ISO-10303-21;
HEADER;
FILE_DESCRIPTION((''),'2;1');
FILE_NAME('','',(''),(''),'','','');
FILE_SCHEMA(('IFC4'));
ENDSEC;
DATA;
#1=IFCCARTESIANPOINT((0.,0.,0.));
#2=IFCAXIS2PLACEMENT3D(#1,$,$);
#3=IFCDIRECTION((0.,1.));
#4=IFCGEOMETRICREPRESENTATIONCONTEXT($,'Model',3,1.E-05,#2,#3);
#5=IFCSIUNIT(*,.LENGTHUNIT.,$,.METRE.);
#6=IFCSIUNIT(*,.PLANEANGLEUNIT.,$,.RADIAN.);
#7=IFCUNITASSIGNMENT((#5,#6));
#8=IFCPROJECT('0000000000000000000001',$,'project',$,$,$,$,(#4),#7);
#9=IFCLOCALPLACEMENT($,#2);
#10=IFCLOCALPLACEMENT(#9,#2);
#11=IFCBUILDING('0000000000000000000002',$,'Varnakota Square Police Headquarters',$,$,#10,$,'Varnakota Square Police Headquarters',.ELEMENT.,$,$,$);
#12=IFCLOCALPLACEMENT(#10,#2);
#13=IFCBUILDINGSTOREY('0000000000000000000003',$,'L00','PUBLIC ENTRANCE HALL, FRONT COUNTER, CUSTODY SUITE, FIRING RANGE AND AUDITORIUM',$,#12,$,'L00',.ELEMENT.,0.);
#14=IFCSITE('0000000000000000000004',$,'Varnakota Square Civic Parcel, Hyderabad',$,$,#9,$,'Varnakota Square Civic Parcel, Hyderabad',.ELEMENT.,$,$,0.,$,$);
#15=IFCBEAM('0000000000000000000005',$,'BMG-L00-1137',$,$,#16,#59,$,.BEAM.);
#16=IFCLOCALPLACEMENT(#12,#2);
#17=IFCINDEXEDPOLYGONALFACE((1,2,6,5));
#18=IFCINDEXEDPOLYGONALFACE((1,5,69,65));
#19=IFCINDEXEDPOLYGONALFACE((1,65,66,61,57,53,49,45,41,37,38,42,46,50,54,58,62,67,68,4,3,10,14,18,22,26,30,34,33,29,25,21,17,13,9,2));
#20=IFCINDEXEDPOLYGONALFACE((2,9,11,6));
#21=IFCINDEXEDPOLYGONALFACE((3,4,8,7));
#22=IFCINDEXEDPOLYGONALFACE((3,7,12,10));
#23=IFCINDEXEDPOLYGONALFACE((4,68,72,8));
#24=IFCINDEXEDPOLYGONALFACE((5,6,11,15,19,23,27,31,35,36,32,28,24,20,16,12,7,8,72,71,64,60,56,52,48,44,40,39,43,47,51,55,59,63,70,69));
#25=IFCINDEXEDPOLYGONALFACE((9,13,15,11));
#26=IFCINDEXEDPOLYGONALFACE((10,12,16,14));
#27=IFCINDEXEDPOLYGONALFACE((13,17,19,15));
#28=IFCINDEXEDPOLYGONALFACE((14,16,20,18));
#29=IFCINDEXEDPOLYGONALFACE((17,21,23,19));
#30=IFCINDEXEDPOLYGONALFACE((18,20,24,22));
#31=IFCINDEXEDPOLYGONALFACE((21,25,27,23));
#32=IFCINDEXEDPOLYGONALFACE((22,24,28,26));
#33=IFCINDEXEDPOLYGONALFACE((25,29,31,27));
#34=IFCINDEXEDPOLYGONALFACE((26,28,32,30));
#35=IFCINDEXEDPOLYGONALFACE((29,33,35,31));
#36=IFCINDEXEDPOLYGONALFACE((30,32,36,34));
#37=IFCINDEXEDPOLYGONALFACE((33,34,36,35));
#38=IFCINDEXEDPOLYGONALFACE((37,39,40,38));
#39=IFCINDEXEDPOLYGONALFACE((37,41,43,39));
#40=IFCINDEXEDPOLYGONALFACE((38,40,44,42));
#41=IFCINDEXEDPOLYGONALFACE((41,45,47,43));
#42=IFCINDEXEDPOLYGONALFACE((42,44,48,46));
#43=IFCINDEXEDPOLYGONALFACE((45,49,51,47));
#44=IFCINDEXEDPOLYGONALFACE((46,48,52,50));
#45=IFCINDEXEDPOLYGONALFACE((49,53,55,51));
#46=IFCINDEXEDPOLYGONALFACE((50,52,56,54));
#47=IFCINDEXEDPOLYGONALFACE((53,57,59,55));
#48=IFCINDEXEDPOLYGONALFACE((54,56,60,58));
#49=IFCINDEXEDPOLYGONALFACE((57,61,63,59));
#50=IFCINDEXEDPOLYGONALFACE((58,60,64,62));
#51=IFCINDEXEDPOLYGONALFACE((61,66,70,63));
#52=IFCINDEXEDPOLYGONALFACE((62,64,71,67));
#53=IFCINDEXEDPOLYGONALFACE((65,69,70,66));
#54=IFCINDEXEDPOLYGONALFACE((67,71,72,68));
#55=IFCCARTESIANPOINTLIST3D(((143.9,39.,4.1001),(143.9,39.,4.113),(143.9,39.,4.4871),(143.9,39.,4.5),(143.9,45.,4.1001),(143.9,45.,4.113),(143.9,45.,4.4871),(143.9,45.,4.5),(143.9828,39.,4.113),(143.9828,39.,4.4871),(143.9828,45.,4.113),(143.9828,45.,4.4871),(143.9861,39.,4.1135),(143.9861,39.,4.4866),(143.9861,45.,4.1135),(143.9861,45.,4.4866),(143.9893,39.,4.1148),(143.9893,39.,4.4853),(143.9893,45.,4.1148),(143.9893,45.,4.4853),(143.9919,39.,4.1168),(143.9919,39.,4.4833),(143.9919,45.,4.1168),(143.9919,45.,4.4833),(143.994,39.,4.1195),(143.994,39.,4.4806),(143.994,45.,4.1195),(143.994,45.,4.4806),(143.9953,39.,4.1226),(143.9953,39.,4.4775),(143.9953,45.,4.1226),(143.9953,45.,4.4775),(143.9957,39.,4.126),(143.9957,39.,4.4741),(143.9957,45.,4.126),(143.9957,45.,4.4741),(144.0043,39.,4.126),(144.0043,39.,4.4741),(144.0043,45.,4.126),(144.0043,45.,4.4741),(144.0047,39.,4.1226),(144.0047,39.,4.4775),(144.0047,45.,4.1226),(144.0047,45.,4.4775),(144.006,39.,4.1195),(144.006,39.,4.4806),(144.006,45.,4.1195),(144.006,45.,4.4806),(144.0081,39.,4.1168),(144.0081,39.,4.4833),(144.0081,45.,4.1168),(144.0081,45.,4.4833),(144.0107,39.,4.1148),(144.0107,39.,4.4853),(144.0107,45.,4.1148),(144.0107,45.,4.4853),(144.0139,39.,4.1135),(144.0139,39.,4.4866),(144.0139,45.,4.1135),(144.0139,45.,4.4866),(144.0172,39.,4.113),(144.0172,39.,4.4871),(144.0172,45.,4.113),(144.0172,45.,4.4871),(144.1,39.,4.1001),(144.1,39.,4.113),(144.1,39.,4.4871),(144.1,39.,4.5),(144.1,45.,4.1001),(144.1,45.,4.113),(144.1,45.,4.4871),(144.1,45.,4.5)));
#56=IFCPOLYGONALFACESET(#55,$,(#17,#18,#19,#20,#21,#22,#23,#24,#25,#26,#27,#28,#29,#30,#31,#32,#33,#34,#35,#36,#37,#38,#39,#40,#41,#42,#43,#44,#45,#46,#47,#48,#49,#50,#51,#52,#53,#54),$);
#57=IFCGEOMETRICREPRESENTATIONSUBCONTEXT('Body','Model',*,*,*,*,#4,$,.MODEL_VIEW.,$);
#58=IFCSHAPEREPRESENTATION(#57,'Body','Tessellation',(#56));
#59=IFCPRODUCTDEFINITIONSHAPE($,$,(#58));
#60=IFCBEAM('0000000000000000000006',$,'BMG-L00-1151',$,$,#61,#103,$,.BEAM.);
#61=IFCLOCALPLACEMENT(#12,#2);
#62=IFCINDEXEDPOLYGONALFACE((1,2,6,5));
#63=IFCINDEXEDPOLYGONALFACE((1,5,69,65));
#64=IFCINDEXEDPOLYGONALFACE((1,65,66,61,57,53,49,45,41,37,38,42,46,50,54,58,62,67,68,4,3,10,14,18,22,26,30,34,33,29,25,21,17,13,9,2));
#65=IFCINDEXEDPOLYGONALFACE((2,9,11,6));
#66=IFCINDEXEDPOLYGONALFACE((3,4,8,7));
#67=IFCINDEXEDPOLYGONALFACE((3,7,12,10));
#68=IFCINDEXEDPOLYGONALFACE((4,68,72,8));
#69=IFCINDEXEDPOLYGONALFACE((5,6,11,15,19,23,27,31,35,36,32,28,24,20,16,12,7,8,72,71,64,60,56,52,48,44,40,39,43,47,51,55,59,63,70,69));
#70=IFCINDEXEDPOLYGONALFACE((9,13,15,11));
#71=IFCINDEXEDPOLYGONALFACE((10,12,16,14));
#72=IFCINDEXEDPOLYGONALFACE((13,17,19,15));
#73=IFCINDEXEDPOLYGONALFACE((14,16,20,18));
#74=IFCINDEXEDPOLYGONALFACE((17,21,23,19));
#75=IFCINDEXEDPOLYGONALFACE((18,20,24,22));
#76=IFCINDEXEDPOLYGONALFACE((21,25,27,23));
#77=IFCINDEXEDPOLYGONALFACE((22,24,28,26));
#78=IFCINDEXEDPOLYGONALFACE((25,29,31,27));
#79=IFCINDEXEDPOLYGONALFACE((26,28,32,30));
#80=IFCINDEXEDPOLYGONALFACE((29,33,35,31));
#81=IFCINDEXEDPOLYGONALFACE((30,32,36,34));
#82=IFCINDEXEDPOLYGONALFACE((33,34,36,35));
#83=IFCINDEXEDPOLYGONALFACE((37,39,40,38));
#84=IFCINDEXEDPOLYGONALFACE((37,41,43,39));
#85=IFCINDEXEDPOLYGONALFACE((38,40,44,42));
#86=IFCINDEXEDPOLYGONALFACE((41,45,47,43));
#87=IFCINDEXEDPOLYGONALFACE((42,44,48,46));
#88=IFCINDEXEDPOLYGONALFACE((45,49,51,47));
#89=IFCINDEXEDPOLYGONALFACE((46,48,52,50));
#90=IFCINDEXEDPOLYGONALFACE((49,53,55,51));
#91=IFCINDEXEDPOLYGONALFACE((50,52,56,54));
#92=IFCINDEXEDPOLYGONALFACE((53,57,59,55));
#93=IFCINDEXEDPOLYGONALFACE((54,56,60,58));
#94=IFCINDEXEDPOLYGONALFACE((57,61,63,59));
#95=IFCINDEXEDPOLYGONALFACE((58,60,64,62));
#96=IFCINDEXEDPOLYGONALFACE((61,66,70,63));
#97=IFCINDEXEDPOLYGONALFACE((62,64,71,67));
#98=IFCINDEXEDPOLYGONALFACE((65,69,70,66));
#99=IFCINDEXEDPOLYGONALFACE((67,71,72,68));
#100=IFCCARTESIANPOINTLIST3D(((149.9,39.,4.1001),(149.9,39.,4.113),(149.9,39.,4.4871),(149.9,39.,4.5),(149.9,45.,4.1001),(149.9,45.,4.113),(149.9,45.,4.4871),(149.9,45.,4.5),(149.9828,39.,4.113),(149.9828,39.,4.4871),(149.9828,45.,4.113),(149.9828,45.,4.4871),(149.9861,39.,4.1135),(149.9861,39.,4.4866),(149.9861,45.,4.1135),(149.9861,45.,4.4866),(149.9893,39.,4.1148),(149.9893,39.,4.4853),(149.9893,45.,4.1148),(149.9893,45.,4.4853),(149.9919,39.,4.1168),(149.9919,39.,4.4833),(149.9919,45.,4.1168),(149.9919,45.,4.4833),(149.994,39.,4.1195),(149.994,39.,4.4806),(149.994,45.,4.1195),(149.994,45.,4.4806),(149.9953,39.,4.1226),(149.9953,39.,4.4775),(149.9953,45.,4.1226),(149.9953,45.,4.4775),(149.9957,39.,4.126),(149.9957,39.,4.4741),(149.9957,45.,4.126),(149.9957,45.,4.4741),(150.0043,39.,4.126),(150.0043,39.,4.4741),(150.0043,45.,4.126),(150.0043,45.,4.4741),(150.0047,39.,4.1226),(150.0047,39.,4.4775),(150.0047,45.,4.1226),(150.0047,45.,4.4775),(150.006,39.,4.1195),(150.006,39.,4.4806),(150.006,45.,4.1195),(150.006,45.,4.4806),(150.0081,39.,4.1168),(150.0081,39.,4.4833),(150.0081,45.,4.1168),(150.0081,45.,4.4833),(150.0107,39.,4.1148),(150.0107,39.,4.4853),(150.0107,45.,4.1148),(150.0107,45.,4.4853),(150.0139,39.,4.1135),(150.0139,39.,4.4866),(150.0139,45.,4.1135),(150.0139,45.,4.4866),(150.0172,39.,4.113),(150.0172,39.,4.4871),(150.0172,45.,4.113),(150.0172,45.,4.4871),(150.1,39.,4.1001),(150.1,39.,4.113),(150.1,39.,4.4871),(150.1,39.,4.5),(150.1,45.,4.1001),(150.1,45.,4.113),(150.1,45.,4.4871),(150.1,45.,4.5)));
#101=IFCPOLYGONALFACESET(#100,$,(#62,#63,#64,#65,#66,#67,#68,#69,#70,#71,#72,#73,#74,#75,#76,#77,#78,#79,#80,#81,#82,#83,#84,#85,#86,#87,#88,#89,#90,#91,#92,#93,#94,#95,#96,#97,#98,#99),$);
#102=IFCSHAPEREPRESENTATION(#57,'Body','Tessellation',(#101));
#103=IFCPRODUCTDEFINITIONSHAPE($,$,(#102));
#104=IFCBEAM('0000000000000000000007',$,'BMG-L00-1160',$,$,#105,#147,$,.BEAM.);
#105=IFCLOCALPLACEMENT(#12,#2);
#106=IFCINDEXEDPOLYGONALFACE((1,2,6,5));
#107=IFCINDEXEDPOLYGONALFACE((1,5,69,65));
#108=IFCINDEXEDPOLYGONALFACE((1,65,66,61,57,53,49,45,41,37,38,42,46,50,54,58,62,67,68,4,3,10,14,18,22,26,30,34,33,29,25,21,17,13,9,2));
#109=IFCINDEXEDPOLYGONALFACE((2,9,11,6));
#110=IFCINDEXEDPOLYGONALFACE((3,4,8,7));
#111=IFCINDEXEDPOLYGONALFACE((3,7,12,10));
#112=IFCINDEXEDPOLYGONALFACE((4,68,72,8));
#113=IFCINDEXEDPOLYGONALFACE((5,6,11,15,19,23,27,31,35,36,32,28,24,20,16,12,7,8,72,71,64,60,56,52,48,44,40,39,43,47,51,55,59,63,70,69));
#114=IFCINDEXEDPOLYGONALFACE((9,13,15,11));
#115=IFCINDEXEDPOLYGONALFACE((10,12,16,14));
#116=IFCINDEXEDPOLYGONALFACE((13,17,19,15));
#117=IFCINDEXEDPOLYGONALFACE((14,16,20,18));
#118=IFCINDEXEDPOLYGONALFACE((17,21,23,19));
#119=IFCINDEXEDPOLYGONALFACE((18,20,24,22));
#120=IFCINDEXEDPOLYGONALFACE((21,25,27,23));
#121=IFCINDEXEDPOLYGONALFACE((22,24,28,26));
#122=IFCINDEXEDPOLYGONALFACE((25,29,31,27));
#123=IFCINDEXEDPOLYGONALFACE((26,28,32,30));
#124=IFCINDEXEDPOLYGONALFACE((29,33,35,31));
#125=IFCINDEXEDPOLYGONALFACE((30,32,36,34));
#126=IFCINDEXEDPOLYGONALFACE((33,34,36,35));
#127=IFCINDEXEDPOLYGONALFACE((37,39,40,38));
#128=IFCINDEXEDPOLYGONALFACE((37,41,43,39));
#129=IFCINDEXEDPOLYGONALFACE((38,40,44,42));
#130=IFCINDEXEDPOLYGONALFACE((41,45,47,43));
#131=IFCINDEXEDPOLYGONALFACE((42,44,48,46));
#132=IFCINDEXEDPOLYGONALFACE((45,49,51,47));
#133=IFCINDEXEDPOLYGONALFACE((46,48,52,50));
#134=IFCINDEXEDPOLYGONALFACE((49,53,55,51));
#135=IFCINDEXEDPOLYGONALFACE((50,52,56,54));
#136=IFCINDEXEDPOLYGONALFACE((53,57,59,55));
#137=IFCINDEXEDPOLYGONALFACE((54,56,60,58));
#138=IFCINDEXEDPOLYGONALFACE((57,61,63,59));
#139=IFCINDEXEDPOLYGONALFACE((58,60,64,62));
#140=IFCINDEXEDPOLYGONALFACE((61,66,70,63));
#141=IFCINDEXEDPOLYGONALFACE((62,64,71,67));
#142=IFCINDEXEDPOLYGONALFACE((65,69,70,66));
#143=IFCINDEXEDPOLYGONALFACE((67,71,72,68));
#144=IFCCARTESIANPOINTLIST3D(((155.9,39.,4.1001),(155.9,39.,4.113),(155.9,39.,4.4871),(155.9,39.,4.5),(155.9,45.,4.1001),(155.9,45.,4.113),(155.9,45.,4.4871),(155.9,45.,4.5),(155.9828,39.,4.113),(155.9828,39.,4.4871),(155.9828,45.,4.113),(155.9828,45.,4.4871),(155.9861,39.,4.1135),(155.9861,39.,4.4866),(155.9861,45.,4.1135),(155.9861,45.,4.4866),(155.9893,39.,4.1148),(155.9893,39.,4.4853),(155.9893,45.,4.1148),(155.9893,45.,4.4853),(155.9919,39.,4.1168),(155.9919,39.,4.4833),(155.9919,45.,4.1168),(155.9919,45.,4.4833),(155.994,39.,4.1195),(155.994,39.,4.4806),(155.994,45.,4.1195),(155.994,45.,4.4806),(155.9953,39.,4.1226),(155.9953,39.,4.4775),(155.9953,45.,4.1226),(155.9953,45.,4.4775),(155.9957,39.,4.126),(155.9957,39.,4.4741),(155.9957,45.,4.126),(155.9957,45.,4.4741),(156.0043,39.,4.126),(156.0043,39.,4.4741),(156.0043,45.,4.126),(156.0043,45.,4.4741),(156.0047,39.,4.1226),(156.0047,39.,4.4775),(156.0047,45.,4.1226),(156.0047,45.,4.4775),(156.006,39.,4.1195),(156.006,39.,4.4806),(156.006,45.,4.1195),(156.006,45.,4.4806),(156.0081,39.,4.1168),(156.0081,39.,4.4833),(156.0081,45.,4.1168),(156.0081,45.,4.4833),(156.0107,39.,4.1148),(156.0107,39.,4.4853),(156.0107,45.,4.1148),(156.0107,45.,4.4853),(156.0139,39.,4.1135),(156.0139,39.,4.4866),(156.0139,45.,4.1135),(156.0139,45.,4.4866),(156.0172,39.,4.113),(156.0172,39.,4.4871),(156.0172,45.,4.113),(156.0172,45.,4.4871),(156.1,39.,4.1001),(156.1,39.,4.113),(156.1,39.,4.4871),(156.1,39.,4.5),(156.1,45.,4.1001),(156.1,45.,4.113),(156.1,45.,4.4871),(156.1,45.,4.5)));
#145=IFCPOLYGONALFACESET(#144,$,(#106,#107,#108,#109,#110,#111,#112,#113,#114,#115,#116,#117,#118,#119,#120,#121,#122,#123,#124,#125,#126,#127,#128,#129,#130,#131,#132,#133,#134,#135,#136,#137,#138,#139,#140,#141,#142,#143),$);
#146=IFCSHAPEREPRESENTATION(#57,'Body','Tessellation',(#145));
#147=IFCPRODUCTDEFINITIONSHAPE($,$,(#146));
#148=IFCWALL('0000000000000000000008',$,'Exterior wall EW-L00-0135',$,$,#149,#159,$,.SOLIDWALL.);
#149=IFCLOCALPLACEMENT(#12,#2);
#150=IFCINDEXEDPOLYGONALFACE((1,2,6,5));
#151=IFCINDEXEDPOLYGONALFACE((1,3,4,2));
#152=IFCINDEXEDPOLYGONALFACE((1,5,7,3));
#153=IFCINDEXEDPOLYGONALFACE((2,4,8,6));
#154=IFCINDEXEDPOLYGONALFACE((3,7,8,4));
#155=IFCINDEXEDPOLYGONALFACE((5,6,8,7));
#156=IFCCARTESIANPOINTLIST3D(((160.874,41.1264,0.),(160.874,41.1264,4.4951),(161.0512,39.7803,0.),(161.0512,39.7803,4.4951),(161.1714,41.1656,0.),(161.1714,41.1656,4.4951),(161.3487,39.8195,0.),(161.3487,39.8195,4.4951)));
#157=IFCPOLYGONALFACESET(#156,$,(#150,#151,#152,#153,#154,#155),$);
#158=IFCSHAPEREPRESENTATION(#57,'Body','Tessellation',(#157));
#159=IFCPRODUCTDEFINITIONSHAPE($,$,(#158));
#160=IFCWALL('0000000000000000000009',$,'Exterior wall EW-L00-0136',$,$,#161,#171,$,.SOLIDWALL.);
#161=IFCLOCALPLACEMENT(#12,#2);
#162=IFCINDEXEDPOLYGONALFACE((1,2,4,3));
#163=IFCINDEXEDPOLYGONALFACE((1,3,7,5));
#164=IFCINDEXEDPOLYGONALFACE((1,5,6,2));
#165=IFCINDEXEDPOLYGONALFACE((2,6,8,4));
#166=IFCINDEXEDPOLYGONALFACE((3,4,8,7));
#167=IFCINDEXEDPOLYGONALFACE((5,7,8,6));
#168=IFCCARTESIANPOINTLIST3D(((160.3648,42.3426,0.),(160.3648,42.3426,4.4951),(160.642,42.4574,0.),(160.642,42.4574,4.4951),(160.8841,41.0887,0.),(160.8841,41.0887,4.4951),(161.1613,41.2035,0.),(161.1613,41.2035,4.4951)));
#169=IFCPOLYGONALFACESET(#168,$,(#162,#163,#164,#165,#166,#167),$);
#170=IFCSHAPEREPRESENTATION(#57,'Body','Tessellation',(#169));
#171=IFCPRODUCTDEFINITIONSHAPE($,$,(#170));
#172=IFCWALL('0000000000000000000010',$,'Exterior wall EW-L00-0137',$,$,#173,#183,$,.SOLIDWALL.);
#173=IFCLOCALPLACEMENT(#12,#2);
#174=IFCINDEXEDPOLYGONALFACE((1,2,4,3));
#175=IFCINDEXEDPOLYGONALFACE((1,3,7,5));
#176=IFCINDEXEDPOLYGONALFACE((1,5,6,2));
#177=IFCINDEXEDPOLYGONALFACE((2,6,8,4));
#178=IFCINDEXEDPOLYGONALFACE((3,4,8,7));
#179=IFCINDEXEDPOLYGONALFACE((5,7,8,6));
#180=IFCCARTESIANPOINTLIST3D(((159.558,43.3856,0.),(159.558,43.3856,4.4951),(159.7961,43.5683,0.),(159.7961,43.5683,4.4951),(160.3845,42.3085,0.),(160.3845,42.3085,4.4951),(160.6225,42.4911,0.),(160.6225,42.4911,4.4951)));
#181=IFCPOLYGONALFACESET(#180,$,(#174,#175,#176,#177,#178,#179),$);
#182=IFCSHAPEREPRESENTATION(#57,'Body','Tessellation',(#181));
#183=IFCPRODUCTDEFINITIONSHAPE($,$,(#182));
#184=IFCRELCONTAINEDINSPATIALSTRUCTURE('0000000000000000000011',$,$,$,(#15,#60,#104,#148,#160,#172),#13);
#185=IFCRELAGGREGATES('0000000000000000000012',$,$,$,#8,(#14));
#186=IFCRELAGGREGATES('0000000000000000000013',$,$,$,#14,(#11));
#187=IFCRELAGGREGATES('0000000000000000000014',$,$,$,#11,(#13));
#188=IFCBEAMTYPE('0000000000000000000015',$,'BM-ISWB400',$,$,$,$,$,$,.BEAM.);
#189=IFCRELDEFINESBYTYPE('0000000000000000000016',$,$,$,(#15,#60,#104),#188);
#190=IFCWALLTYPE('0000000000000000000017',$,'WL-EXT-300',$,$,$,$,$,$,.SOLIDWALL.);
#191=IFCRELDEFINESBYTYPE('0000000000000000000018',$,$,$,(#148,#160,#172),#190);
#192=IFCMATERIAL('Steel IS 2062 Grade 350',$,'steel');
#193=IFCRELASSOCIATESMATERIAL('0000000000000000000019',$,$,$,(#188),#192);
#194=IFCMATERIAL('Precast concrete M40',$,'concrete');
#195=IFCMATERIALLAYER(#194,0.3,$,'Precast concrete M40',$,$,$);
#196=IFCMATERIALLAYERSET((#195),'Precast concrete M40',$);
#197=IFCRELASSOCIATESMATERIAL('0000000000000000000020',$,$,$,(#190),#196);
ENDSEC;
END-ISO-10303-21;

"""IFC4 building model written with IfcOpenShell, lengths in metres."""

from ifc_helpers import new_model, si_unit, direction, frame, frame_2d, origin, origin_2d, place, context, subcontext, project, spatial, rectangle, i_section, extrude, material, layer, layer_set, material_profile, profile_set, type_object, element, save


model = new_model("IFC4")

# Units and contexts
model_context = context("Model", 3, precision=1e-05, world=origin(), true_north=direction((0.0, 1.0)))
body_context = subcontext(model_context, "Body", "Model", "MODEL_VIEW")
ifc_project = project(units=[si_unit("LENGTHUNIT", "METRE"), si_unit("PLANEANGLEUNIT", "RADIAN")], contexts=[model_context])

# Site, building, storey
site_placement = place(None, origin())
site = spatial("IfcSite", under=ifc_project, at=site_placement, Name="Varnakota Square Civic Parcel, Hyderabad", LongName="Varnakota Square Civic Parcel, Hyderabad", CompositionType="ELEMENT", RefElevation=0.0)
building_placement = place(site_placement, origin())
building = spatial("IfcBuilding", under=site, at=building_placement, Name="Varnakota Square Police Headquarters", LongName="Varnakota Square Police Headquarters", CompositionType="ELEMENT")
storey_placement = place(building_placement, origin())
storey = spatial("IfcBuildingStorey", under=building, at=storey_placement, Name="L00", Description="PUBLIC ENTRANCE HALL, FRONT COUNTER, CUSTODY SUITE, FIRING RANGE AND AUDITORIUM", LongName="L00", CompositionType="ELEMENT", Elevation=0.0)

# Beams
ifc_material_1 = material(Name="Steel IS 2062 Grade 350", Category="steel")
ifc_material_profile_1 = material_profile(ifc_material_1, i_section(OverallWidth=0.2, OverallDepth=0.3999, WebThickness=0.0085, FlangeThickness=0.0129, FilletRadius=0.0129, at=origin_2d()), Name="ISWB 400")
ifc_profile_set_1 = profile_set([ifc_material_profile_1], Name="Steel IS 2062 Grade 350")
beam_type_1 = type_object("IfcBeamType", Name="BM-ISWB400", PredefinedType="BEAM", material=ifc_profile_set_1)
for number, where, z_axis, x_axis, name in (
    (1, (144.0, 39.0, 4.3), (0.0, 1.0, 0.0), (-1.0, 0.0, 0.0), "BMG-L00-1137"),
    (2, (150.0, 39.0, 4.3), (0.0, 1.0, 0.0), (-1.0, 0.0, 0.0), "BMG-L00-1151"),
    (3, (156.0, 39.0, 4.3), (0.0, 1.0, 0.0), (-1.0, 0.0, 0.0), "BMG-L00-1160"),
):
    element("IfcBeam", number, at=place(storey_placement, frame(where, z_axis=z_axis, x_axis=x_axis)), inside=storey, type_object=beam_type_1, Name=name, PredefinedType="BEAM", context=body_context, shape_type="SweptSolid", body=[
        extrude(i_section(OverallWidth=0.2, OverallDepth=0.3999, WebThickness=0.0085, FlangeThickness=0.0129, FilletRadius=0.0129, at=origin_2d()), origin(), (0.0, 0.0, 1.0), 6.0),
    ])

# Walls
ifc_material_2 = material(Name="Precast concrete M40", Category="concrete")
ifc_layer_1 = layer(ifc_material_2, 0.3, Name="Precast concrete M40")
ifc_layer_set_1 = layer_set([ifc_layer_1], Name="Precast concrete M40")
wall_type_1 = type_object("IfcWallType", Name="WL-EXT-300", PredefinedType="SOLIDWALL", material=ifc_layer_set_1)
wall_1_placement = place(storey_placement, frame((161.2, 39.8, 0.0), z_axis=(0.0, 0.0, 1.0), x_axis=(-0.130562, 0.99144, 0.0)))
element("IfcWall", 4, at=wall_1_placement, inside=storey, type_object=wall_type_1, Name="Exterior wall EW-L00-0135", PredefinedType="SOLIDWALL", context=body_context, shape_type="SweptSolid", body=[
    extrude(rectangle(XDim=1.3577, YDim=0.3, at=frame_2d((0.6787, 0.0))), origin(), (0.0, 0.0, 1.0), 4.4951),
])
wall_2_placement = place(storey_placement, frame((161.0227, 41.146, 0.0), z_axis=(0.0, 0.0, 1.0), x_axis=(-0.382622, 0.923905, 0.0)))
element("IfcWall", 5, at=wall_2_placement, inside=storey, type_object=wall_type_1, Name="Exterior wall EW-L00-0136", PredefinedType="SOLIDWALL", context=body_context, shape_type="SweptSolid", body=[
    extrude(rectangle(XDim=1.3572, YDim=0.3, at=frame_2d((0.6787, 0.0))), origin(), (0.0, 0.0, 1.0), 4.4951),
])
wall_3_placement = place(storey_placement, frame((160.5034, 42.3999, 0.0), z_axis=(0.0, 0.0, 1.0), x_axis=(-0.608711, 0.793392, 0.0)))
element("IfcWall", 6, at=wall_3_placement, inside=storey, type_object=wall_type_1, Name="Exterior wall EW-L00-0137", PredefinedType="SOLIDWALL", context=body_context, shape_type="SweptSolid", body=[
    extrude(rectangle(XDim=1.3577, YDim=0.3, at=frame_2d((0.6787, 0.0))), origin(), (0.0, 0.0, 1.0), 4.4951),
])

save(model, "model.ifc")
